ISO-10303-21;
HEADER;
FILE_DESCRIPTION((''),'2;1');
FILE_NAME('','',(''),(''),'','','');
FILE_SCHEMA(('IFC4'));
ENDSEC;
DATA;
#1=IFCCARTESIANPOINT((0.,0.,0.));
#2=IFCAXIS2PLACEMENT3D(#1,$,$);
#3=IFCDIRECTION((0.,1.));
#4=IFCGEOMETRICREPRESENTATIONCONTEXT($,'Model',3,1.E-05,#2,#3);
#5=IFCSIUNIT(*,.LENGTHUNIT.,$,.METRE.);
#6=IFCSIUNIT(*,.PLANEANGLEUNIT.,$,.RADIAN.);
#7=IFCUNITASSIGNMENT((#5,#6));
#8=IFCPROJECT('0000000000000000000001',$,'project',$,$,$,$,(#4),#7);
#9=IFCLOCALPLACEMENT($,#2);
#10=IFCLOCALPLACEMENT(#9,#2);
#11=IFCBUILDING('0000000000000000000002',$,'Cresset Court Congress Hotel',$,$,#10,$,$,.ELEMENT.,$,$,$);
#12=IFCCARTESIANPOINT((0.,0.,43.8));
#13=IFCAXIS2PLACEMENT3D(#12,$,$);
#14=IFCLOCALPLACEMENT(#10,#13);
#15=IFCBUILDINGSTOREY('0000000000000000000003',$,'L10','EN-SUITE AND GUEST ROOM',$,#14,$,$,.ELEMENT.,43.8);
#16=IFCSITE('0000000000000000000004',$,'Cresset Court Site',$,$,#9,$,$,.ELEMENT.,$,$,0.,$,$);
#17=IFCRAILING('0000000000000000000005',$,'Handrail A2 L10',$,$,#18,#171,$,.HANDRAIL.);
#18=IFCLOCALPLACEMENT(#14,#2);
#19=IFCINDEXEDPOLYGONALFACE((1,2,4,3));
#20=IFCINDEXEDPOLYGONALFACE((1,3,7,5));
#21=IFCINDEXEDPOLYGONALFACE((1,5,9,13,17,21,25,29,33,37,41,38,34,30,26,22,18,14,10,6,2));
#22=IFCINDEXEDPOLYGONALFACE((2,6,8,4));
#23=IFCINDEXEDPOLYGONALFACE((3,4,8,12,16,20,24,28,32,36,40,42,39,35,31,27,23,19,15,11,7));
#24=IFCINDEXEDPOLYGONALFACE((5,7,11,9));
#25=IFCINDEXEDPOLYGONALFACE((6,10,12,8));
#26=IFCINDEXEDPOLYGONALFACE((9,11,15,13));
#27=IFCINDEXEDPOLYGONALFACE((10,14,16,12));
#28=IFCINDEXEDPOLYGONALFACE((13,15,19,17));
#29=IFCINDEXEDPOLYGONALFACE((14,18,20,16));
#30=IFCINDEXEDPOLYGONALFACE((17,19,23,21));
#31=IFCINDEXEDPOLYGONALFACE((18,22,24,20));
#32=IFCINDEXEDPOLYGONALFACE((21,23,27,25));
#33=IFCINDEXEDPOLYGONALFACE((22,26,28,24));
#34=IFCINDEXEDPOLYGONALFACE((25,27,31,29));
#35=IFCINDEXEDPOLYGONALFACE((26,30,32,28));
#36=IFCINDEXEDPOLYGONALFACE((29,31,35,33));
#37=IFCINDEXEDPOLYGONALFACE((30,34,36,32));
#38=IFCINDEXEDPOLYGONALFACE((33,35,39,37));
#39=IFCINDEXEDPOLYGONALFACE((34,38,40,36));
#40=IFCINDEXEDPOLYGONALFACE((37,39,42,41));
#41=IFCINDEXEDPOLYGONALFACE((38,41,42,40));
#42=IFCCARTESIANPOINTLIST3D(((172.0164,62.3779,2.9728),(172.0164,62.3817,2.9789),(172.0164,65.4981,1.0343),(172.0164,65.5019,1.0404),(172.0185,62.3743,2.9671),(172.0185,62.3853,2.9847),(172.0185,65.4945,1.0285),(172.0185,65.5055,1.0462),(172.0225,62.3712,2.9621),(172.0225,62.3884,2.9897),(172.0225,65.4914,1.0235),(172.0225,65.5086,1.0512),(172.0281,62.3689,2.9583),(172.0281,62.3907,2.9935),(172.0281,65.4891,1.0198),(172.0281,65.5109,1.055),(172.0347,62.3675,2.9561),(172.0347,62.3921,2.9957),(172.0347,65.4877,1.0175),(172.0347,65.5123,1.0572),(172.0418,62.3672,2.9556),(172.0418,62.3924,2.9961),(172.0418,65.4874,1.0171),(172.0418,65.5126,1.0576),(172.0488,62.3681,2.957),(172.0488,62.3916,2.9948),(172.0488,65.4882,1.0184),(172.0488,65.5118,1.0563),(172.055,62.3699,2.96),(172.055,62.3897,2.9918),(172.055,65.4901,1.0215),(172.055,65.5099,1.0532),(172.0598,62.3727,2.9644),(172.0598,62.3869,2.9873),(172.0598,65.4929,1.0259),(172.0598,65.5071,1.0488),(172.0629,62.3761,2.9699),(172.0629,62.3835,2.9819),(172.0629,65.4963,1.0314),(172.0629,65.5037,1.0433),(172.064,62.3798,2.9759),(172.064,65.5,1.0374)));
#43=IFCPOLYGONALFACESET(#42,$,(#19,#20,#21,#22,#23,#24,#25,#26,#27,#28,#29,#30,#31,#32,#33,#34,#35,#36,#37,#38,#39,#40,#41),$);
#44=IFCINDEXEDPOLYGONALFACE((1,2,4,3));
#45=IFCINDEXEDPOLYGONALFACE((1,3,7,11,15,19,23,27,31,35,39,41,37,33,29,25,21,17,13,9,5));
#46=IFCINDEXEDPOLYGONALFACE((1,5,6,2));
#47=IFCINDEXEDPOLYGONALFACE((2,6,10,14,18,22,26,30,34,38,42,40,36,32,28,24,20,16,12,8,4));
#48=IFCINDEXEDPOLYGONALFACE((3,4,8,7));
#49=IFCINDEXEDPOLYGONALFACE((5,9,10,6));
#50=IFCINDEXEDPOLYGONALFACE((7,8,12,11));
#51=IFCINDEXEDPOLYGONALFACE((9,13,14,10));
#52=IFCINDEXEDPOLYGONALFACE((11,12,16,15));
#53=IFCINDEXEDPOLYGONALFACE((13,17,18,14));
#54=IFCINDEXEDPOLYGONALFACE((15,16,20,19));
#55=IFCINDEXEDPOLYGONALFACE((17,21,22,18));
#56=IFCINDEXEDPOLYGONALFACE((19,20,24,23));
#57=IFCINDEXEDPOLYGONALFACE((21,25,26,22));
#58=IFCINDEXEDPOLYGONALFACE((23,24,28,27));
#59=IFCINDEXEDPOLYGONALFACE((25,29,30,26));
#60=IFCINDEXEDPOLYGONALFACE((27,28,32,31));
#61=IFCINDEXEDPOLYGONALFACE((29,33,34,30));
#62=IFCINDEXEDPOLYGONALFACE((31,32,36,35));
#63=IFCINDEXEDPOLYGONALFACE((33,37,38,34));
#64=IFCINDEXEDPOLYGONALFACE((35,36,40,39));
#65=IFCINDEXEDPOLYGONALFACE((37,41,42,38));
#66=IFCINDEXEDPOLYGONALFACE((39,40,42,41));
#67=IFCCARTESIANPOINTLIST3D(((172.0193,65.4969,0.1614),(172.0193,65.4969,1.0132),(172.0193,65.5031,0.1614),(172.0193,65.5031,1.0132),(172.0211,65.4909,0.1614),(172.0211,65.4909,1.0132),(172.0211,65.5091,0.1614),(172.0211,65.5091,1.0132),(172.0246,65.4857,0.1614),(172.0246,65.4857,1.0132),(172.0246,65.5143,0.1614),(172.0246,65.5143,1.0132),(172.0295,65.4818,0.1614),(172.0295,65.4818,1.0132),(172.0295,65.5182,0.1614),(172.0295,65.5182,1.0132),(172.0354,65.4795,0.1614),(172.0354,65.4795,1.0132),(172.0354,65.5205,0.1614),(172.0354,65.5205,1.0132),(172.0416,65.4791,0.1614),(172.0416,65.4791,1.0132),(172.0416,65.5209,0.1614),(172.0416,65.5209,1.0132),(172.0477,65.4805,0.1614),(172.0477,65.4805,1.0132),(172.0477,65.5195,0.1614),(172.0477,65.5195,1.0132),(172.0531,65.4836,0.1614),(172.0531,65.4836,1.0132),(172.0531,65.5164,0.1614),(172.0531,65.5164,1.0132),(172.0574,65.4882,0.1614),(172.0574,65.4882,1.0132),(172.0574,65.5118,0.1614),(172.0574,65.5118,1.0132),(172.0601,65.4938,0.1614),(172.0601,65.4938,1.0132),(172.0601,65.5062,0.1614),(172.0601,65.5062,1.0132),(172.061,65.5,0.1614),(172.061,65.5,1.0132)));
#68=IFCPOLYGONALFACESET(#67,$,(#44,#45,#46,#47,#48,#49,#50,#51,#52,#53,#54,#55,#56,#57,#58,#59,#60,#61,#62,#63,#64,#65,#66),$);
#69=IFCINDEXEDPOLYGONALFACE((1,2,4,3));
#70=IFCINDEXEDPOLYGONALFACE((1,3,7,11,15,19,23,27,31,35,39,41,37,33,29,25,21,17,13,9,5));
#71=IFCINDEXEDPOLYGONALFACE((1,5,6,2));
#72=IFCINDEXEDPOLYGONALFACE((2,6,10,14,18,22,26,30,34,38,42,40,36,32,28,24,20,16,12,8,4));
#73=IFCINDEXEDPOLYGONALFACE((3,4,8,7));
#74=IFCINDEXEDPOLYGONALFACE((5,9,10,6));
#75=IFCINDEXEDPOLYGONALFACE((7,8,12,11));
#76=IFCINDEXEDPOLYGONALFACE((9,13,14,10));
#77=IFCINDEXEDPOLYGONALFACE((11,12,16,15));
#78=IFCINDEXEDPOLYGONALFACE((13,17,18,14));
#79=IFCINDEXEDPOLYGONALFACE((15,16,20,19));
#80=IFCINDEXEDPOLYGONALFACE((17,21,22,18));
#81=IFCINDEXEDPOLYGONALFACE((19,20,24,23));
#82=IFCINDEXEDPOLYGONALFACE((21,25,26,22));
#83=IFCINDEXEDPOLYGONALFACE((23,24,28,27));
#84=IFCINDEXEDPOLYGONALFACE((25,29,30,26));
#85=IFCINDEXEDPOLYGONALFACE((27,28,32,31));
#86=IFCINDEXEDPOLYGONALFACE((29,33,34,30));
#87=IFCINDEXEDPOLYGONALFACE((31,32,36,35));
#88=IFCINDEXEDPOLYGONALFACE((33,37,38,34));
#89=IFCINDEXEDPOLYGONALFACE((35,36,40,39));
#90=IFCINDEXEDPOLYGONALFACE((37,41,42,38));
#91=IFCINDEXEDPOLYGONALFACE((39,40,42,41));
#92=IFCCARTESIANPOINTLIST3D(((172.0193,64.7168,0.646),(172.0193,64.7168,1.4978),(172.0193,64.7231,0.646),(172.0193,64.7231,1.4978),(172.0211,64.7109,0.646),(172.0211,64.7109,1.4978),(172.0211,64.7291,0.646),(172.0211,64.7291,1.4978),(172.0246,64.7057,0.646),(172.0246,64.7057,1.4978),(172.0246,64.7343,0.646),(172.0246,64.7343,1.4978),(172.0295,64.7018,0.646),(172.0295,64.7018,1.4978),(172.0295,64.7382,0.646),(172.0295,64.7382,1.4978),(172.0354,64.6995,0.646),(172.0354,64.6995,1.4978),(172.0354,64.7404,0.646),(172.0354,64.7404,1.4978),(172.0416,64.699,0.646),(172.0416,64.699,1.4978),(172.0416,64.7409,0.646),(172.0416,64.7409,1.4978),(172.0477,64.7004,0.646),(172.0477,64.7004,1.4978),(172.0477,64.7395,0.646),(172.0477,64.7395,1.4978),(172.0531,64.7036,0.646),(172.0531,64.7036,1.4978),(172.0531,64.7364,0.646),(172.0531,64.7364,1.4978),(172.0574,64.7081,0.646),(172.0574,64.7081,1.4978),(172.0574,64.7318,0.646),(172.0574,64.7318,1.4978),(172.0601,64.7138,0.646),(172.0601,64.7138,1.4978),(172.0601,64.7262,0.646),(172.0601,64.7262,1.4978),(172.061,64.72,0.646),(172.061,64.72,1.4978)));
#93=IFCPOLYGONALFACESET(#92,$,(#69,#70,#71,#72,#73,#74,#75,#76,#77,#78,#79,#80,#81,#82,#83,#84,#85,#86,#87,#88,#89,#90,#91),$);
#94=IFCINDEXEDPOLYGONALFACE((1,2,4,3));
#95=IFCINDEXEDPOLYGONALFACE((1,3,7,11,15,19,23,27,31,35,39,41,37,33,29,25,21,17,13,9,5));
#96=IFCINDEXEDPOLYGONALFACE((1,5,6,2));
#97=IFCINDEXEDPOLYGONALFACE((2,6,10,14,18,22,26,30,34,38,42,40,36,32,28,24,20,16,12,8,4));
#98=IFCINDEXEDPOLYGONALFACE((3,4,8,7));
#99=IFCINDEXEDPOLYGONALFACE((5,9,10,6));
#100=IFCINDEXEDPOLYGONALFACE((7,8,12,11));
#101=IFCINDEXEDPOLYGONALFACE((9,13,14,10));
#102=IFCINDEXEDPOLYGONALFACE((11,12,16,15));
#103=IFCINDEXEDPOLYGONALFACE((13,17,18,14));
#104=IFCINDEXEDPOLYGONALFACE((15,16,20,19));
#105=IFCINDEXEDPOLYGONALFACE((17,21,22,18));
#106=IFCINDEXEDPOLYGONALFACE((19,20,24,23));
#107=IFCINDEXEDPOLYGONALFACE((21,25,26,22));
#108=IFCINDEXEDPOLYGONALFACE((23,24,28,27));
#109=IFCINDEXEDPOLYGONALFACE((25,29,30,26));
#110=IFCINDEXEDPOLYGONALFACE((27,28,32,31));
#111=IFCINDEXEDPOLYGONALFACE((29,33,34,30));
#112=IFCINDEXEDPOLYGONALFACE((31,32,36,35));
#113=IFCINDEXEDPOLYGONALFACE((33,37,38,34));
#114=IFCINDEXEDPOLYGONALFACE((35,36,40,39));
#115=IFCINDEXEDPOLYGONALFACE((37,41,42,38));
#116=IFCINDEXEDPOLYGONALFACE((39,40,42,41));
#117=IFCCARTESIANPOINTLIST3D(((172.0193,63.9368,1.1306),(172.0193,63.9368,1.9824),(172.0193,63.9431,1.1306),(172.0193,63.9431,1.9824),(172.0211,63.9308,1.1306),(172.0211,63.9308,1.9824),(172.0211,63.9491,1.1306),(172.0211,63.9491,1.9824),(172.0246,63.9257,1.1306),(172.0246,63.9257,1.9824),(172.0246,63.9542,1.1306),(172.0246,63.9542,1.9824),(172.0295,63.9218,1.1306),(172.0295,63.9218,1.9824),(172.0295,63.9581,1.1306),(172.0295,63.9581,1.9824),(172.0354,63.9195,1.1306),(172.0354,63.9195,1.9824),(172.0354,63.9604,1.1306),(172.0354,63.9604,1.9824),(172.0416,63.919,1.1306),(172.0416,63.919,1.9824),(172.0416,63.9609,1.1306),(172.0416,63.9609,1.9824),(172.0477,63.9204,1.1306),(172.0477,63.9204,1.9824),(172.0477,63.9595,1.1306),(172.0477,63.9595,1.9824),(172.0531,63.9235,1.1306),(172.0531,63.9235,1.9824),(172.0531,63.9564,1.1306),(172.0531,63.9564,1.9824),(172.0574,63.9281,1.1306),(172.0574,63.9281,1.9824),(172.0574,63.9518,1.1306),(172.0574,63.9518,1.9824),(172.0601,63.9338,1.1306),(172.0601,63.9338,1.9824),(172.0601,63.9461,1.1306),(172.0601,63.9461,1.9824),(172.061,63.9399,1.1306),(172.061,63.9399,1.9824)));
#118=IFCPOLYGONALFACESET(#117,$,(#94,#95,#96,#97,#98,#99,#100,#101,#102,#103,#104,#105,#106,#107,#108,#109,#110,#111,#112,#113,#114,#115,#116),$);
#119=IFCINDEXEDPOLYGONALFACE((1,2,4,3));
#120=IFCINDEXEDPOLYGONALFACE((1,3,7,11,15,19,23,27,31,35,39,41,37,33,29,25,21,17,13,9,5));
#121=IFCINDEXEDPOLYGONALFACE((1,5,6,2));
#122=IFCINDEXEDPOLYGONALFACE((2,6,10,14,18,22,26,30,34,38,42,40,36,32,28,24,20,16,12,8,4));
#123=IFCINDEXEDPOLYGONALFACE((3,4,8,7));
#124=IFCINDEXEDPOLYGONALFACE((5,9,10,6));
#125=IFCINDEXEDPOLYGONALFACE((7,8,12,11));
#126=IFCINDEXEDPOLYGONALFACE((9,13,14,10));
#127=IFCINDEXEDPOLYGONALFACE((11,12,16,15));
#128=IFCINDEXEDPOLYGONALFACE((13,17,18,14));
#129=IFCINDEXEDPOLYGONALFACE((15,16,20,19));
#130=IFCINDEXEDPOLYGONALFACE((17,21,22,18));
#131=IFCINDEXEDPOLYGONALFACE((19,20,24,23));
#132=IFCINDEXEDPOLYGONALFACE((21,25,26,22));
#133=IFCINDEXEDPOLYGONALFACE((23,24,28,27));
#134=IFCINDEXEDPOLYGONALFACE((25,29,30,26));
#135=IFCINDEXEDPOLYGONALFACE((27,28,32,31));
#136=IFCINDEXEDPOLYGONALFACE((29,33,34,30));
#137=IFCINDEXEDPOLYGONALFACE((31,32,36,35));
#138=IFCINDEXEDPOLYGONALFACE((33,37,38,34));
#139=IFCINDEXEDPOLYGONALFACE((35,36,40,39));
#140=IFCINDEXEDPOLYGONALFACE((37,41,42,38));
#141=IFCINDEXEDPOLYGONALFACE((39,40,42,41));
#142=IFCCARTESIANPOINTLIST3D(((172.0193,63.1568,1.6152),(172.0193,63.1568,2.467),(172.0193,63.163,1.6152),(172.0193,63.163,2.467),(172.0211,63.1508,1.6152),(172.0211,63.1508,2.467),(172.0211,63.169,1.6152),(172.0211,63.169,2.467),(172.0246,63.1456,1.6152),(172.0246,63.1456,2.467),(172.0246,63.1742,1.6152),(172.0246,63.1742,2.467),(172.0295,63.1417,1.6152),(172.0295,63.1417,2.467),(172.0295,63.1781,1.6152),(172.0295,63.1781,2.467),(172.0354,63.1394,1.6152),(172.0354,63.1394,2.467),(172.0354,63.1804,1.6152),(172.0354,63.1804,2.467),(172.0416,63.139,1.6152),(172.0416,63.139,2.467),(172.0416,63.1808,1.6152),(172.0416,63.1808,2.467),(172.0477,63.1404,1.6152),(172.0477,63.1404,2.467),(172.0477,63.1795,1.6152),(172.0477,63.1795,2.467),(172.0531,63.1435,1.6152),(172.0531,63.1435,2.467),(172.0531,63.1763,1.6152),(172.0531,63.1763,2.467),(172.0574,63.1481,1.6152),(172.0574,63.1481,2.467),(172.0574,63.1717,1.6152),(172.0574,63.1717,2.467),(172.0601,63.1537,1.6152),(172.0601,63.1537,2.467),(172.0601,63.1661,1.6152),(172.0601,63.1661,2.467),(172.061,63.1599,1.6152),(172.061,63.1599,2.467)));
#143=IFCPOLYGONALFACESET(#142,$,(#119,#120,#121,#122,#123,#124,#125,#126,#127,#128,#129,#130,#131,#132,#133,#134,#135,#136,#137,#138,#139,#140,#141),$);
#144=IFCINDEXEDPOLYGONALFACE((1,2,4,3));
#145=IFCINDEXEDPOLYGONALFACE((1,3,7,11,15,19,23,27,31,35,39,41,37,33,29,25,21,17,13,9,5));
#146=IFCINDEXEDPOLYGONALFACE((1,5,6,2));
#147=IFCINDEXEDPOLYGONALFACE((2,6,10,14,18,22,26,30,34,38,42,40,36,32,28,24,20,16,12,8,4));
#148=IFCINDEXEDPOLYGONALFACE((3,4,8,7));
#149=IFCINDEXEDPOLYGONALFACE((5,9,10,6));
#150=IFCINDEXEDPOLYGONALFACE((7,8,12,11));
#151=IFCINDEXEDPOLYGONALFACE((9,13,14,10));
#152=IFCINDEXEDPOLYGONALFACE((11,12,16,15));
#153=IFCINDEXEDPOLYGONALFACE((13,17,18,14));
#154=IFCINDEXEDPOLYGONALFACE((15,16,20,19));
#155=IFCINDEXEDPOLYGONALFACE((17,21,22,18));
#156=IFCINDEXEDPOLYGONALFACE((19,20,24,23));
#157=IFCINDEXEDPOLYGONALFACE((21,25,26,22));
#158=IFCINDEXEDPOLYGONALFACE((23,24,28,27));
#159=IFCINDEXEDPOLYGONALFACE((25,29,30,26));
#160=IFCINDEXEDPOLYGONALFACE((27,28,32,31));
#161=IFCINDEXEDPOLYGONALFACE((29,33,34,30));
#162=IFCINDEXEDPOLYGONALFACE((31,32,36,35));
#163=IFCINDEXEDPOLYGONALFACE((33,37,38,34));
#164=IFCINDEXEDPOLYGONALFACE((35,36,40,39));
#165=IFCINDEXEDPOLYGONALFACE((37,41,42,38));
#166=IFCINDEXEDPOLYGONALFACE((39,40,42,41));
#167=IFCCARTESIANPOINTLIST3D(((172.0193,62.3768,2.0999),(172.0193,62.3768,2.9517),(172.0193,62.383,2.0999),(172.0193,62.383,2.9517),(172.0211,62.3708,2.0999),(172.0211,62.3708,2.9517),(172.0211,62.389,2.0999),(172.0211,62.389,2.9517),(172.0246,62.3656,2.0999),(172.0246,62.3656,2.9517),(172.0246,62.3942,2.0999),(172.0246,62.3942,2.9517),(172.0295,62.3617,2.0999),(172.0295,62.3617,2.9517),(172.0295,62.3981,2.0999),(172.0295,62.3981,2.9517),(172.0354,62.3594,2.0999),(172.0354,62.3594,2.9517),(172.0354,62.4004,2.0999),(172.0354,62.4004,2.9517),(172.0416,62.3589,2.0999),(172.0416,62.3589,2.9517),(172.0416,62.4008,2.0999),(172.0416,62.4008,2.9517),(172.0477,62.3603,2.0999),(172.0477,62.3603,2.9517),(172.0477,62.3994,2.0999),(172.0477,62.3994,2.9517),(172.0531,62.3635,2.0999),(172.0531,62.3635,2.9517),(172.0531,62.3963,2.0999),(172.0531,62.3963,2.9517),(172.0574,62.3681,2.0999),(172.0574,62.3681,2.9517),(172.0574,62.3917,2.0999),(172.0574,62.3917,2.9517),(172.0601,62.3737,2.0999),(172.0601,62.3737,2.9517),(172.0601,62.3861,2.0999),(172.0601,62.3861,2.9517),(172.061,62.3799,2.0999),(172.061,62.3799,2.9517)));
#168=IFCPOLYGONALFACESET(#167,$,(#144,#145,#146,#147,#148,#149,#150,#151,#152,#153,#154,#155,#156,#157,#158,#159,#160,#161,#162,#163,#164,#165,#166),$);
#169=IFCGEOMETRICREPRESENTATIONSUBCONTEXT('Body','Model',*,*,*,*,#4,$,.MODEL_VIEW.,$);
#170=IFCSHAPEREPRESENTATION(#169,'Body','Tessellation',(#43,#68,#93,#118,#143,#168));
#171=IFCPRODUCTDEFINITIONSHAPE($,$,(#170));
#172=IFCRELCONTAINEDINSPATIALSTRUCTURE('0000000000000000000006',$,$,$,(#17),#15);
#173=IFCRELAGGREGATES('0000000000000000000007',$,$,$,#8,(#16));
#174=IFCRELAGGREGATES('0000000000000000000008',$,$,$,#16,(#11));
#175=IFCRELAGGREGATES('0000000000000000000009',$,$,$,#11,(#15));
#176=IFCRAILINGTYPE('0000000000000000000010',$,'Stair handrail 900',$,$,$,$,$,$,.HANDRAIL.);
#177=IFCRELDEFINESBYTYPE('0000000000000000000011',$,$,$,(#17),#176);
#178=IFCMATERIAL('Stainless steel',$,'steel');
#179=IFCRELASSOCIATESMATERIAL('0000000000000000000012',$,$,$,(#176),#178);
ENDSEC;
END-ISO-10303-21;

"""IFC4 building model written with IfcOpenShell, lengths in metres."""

from ifc_helpers import new_model, si_unit, direction, frame, origin, origin_2d, place, context, subcontext, project, spatial, circle, extrude, material, type_object, element, save


model = new_model("IFC4")

# Units and contexts
model_context = context("Model", 3, precision=1e-05, world=origin(), true_north=direction((0.0, 1.0)))
body_context = subcontext(model_context, "Body", "Model", "MODEL_VIEW")
ifc_project = project(units=[si_unit("LENGTHUNIT", "METRE"), si_unit("PLANEANGLEUNIT", "RADIAN")], contexts=[model_context])

# Site, building, storey
site_placement = place(None, origin())
site = spatial("IfcSite", under=ifc_project, at=site_placement, Name="Cresset Court Site", CompositionType="ELEMENT", RefElevation=0.0)
building_placement = place(site_placement, origin())
building = spatial("IfcBuilding", under=site, at=building_placement, Name="Cresset Court Congress Hotel", CompositionType="ELEMENT")
storey_placement = place(building_placement, frame((0.0, 0.0, 43.8)))
storey = spatial("IfcBuildingStorey", under=building, at=storey_placement, Name="L10", Description="EN-SUITE AND GUEST ROOM", CompositionType="ELEMENT", Elevation=43.8)

# Railing
ifc_material_1 = material(Name="Stainless steel", Category="steel")
railing_type_1 = type_object("IfcRailingType", Name="Stair handrail 900", PredefinedType="HANDRAIL", material=ifc_material_1)
for number, where, name in (
    (1, (172.04, 65.5, 0.1614), "Handrail A2 L10"),
):
    element("IfcRailing", number, at=place(storey_placement, frame(where)), inside=storey, type_object=railing_type_1, Name=name, PredefinedType="HANDRAIL", context=body_context, shape_type="SweptSolid", body=[
        extrude(circle(Radius=0.0239, at=origin_2d()), frame((0.0, 0.0, 0.876), z_axis=(0.0, -0.849414, 0.527727), x_axis=(1.0, 0.0, 0.0)), (0.0, 0.0, 1.0), 3.6733),
        extrude(circle(Radius=0.021, at=origin_2d()), origin(), (0.0, 0.0, 1.0), 0.8518),
        extrude(circle(Radius=0.021, at=origin_2d()), frame((0.0, -0.78, 0.4846)), (0.0, 0.0, 1.0), 0.8518),
        extrude(circle(Radius=0.021, at=origin_2d()), frame((0.0, -1.5601, 0.9692)), (0.0, 0.0, 1.0), 0.8518),
        extrude(circle(Radius=0.021, at=origin_2d()), frame((0.0, -2.3401, 1.4539)), (0.0, 0.0, 1.0), 0.8518),
        extrude(circle(Radius=0.021, at=origin_2d()), frame((0.0, -3.1201, 1.9385)), (0.0, 0.0, 1.0), 0.8518),
    ])

save(model, "model.ifc")
